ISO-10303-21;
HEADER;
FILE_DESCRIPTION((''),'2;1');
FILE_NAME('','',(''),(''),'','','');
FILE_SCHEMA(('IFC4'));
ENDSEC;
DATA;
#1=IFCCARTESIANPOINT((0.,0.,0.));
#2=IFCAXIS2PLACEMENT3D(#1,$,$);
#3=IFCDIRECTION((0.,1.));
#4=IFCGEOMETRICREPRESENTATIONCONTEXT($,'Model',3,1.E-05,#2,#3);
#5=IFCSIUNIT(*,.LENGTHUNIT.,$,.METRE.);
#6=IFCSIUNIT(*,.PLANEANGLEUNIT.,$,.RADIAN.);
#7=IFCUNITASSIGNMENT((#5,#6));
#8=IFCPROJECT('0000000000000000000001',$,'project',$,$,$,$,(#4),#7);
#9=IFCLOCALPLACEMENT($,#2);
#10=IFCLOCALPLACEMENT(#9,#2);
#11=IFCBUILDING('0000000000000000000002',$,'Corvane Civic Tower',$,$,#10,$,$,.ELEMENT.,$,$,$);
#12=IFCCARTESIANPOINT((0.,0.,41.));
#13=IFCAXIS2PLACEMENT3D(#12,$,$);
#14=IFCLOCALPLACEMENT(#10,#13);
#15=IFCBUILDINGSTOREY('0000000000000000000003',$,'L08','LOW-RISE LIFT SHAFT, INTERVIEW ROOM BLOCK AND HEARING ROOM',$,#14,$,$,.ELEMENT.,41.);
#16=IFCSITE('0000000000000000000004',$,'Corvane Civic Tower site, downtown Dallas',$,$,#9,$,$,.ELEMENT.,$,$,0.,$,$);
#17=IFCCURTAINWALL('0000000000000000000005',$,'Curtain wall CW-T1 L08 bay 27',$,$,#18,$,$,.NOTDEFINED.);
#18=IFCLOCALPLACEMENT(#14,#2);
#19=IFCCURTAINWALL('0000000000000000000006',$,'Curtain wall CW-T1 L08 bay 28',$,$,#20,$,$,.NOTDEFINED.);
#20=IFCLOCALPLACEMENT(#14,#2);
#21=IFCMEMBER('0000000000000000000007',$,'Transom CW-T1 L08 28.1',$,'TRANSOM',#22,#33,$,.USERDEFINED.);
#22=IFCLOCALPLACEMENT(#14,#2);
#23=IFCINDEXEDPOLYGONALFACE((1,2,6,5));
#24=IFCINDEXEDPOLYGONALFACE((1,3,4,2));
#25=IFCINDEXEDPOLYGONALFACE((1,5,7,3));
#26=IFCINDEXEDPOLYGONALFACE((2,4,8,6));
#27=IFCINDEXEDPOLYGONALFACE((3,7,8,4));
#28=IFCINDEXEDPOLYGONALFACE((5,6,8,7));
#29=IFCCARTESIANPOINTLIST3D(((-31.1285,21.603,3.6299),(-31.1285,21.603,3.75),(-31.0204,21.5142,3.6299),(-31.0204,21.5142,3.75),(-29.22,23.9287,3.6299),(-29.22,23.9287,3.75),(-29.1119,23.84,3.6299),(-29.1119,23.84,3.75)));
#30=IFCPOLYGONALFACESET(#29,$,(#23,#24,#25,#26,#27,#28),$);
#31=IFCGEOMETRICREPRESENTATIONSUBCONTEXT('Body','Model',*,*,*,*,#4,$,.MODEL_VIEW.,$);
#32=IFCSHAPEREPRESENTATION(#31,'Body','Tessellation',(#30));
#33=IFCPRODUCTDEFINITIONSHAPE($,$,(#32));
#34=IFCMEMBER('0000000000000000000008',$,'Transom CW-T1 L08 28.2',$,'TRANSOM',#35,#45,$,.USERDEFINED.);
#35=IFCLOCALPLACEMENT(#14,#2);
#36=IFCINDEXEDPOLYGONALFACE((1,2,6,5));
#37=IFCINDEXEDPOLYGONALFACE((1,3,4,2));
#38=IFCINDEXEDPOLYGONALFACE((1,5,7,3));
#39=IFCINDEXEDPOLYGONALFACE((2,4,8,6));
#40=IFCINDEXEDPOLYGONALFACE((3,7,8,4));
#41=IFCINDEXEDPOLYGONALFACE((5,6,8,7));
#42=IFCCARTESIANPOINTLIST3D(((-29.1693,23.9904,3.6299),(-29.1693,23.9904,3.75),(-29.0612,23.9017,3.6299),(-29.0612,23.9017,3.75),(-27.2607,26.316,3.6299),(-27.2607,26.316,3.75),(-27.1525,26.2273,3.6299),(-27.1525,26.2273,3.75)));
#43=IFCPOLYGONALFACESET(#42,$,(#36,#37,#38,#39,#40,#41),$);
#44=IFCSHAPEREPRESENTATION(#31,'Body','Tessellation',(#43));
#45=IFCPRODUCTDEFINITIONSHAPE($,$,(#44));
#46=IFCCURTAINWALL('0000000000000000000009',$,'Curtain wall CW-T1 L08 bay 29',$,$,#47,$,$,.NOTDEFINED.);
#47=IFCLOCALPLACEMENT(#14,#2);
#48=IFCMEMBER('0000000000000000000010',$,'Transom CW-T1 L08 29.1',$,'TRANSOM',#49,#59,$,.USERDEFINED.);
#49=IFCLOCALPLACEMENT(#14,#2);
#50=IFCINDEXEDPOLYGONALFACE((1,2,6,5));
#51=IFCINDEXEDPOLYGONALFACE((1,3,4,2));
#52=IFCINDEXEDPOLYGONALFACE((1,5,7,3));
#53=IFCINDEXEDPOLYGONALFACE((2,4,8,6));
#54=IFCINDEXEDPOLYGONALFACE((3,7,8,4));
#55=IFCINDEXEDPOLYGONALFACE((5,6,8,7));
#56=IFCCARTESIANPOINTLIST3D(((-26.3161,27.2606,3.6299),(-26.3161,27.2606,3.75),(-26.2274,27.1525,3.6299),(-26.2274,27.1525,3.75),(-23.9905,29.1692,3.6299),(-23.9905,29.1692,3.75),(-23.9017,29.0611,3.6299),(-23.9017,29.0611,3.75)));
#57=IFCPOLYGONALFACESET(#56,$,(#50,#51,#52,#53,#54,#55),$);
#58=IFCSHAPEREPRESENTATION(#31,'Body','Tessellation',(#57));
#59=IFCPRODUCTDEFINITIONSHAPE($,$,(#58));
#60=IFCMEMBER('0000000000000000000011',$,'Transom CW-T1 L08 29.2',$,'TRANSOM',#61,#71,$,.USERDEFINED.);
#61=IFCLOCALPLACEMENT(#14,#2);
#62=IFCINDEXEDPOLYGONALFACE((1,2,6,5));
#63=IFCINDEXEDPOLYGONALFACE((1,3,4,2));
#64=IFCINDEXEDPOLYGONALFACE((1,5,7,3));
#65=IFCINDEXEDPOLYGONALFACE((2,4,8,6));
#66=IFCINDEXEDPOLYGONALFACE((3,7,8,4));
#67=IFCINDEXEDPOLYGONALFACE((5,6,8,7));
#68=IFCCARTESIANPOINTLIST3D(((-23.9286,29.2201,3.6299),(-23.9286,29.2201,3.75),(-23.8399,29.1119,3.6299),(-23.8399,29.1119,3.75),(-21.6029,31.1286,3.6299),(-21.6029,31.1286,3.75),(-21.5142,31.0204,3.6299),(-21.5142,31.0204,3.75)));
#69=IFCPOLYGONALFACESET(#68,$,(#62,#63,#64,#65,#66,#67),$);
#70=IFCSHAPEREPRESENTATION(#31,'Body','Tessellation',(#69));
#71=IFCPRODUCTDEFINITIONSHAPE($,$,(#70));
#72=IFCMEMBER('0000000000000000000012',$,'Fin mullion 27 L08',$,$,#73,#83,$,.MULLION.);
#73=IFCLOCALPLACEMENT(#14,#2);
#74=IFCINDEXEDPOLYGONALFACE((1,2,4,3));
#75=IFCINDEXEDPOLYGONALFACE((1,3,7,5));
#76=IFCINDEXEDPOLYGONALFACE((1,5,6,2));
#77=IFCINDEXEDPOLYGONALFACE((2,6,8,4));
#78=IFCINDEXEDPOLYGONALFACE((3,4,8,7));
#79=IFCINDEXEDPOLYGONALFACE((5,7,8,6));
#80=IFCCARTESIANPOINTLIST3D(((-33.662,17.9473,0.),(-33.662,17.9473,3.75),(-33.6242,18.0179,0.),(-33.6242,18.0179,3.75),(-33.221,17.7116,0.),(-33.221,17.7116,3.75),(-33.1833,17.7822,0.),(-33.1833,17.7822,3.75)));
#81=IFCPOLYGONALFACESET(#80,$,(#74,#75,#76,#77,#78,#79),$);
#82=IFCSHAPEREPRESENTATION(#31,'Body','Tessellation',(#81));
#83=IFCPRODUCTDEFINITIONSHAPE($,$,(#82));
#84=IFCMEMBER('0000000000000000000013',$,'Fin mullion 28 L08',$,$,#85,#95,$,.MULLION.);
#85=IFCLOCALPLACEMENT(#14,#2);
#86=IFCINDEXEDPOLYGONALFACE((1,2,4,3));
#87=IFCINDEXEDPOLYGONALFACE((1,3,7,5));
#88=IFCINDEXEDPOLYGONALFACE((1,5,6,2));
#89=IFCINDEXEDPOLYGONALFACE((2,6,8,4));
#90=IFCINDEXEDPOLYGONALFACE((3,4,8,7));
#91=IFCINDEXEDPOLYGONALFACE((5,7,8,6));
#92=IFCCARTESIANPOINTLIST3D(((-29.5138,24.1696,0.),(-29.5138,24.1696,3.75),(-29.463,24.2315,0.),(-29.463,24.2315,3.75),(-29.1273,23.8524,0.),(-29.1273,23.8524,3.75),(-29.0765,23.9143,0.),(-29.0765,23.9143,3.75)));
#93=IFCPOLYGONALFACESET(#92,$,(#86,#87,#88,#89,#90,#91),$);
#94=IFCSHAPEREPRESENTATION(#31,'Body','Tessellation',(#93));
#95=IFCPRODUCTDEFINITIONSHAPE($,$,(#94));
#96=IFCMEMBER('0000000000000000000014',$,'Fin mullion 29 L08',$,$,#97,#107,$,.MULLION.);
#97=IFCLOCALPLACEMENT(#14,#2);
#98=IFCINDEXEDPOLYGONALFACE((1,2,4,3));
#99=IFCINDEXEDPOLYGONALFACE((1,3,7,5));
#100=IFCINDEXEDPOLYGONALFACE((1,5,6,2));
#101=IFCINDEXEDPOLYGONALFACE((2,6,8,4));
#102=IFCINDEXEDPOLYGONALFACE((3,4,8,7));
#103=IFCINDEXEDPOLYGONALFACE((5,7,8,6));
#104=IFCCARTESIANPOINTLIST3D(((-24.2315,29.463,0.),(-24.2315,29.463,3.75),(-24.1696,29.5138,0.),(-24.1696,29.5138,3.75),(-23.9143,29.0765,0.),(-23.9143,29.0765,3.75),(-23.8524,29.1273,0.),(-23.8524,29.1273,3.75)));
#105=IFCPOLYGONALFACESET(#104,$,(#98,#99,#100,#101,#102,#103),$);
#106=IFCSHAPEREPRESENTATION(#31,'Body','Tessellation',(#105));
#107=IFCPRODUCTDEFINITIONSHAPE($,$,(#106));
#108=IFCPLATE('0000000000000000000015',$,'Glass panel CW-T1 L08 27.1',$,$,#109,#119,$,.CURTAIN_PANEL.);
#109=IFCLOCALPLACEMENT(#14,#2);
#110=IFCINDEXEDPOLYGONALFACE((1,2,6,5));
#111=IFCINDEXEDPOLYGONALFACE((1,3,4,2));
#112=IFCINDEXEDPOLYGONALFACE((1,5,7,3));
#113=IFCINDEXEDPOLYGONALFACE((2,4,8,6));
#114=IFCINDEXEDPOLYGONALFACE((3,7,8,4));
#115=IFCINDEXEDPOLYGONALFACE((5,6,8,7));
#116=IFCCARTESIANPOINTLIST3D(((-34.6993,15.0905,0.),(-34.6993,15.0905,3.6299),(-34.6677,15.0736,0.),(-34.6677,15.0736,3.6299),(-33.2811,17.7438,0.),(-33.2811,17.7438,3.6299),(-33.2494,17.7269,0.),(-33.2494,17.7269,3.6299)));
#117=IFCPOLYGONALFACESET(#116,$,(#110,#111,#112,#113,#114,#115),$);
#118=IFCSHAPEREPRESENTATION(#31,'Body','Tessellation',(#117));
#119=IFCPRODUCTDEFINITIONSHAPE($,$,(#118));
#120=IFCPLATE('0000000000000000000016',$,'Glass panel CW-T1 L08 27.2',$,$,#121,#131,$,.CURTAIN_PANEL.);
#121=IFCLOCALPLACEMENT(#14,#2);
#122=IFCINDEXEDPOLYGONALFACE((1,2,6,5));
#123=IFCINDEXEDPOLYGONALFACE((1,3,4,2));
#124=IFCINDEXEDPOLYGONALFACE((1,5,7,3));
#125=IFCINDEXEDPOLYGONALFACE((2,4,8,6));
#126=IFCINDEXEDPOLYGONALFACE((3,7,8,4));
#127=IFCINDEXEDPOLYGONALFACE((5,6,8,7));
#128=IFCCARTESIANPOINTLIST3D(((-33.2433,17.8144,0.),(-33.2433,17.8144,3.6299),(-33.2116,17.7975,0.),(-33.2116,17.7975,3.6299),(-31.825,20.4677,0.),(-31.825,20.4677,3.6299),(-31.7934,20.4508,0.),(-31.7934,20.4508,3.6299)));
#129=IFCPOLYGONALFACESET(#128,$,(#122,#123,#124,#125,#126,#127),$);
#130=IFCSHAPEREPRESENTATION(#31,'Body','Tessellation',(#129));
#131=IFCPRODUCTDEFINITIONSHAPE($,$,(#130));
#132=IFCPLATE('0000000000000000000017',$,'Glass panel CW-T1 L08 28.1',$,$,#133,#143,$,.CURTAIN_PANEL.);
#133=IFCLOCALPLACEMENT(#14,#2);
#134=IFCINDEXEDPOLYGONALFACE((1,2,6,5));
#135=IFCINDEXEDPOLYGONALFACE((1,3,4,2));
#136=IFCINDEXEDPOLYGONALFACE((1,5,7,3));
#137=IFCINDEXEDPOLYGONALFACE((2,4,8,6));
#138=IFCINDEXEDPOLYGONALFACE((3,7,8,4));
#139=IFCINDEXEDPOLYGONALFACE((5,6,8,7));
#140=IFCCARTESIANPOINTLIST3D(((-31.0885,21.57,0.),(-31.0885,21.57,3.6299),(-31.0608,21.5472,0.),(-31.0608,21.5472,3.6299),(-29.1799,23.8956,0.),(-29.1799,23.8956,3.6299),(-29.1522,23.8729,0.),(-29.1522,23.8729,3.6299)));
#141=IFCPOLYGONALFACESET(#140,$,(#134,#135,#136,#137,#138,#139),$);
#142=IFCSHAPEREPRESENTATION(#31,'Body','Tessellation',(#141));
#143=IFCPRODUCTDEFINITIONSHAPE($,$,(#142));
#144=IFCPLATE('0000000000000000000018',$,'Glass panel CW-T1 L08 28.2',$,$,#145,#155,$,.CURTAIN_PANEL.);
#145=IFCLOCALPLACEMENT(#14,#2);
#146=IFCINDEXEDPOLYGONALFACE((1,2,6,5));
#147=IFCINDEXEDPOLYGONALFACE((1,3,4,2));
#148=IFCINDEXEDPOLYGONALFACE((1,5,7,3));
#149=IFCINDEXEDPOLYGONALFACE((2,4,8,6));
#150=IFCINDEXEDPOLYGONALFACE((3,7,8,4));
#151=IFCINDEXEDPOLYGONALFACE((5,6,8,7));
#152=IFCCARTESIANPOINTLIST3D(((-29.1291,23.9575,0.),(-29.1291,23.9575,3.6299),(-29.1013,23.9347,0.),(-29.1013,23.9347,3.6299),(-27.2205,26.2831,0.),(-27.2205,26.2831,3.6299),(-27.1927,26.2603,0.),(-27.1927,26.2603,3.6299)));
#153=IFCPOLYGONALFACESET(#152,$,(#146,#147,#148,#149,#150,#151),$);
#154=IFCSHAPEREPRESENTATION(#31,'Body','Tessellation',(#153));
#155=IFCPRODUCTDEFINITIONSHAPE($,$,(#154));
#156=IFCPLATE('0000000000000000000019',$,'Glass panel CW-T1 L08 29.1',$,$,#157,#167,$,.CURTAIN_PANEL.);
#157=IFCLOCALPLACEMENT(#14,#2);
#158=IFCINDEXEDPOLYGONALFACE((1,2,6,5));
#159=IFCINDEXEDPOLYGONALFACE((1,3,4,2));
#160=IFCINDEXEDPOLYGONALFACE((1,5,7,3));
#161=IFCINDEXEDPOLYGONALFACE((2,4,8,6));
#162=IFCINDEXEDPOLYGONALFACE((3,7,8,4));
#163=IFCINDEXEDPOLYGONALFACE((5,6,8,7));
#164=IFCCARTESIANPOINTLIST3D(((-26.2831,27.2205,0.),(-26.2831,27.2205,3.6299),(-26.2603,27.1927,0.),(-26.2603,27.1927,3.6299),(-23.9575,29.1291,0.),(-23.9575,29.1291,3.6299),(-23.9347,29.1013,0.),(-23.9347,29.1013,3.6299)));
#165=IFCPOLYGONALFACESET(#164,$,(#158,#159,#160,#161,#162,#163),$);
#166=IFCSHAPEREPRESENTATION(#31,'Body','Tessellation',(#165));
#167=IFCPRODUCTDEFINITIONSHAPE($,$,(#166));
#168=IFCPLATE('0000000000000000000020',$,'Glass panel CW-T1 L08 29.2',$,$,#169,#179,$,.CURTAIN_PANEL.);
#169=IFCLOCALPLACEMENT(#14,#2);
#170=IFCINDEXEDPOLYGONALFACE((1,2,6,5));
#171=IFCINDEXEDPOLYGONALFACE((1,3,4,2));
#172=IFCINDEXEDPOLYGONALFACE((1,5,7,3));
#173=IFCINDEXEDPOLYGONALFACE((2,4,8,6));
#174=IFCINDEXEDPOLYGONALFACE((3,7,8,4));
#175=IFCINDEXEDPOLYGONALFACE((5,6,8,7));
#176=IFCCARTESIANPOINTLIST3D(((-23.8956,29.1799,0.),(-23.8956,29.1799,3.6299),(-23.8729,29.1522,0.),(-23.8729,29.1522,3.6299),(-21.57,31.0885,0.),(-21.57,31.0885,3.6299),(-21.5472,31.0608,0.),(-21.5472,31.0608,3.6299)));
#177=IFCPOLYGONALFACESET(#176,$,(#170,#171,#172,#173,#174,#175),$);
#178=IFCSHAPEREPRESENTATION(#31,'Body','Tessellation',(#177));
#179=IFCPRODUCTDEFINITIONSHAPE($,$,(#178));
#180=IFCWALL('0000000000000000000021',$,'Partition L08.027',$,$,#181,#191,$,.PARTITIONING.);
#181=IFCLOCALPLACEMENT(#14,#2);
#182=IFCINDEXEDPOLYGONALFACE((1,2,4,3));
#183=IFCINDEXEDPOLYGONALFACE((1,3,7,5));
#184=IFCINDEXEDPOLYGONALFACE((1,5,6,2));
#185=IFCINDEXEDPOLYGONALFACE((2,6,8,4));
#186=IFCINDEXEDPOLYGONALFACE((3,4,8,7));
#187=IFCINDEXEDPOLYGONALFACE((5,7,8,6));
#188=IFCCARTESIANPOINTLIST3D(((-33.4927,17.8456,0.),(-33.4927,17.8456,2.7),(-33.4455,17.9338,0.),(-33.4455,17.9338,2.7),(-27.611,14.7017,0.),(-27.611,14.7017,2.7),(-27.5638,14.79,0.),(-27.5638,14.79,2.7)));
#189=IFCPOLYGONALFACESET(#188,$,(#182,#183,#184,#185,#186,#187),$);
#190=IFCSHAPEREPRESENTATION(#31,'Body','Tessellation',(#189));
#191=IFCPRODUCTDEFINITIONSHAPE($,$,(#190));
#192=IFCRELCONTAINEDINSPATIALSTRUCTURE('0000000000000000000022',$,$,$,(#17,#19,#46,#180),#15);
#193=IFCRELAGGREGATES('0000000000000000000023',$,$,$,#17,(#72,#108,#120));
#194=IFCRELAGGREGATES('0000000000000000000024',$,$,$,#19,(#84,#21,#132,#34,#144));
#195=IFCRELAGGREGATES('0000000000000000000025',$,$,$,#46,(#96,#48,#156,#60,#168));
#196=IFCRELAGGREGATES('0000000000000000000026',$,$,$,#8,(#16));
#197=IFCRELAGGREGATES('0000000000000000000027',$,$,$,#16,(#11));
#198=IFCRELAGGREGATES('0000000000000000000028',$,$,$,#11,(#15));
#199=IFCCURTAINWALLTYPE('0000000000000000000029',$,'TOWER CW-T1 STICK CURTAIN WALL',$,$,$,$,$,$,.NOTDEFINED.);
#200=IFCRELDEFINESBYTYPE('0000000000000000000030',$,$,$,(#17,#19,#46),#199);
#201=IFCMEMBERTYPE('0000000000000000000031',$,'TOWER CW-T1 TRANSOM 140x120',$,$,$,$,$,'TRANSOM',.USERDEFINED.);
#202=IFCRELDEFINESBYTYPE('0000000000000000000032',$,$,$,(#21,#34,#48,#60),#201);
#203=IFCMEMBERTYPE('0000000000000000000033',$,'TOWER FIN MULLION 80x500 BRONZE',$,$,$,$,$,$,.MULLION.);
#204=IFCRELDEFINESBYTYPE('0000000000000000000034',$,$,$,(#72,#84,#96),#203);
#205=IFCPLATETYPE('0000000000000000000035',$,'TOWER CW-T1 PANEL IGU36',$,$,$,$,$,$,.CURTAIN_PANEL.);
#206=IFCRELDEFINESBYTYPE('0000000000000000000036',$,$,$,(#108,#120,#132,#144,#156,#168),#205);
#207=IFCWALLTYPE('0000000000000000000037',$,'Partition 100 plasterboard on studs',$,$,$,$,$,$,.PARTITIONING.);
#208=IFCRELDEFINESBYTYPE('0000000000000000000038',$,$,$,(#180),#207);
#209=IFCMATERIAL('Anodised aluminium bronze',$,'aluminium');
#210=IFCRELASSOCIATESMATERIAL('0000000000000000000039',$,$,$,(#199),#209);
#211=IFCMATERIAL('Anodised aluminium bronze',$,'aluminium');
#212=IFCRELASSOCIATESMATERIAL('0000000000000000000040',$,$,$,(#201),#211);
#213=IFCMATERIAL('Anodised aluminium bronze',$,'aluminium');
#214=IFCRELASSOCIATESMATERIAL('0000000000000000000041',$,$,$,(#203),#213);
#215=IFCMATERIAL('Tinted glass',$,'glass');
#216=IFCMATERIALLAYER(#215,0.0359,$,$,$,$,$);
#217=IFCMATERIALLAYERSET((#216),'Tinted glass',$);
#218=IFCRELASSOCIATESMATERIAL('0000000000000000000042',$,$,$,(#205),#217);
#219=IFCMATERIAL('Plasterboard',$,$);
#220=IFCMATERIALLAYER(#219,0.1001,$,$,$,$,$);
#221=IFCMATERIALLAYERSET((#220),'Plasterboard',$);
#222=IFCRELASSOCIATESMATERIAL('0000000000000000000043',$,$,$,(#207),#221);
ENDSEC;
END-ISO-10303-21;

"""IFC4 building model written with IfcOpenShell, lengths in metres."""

from ifc_helpers import new_model, si_unit, direction, frame, frame_2d, origin, origin_2d, place, context, subcontext, project, spatial, rectangle, extrude, material, layer, layer_set, material_profile, profile_set, type_object, element, aggregate, save


model = new_model("IFC4")

# Units and contexts
model_context = context("Model", 3, precision=1e-05, world=origin(), true_north=direction((0.0, 1.0)))
body_context = subcontext(model_context, "Body", "Model", "MODEL_VIEW")
ifc_project = project(units=[si_unit("LENGTHUNIT", "METRE"), si_unit("PLANEANGLEUNIT", "RADIAN")], contexts=[model_context])

# Site, building, storey
site_placement = place(None, origin())
site = spatial("IfcSite", under=ifc_project, at=site_placement, Name="Corvane Civic Tower site, downtown Dallas", CompositionType="ELEMENT", RefElevation=0.0)
building_placement = place(site_placement, origin())
building = spatial("IfcBuilding", under=site, at=building_placement, Name="Corvane Civic Tower", CompositionType="ELEMENT")
storey_placement = place(building_placement, frame((0.0, 0.0, 41.0)))
storey = spatial("IfcBuildingStorey", under=building, at=storey_placement, Name="L08", Description="LOW-RISE LIFT SHAFT, INTERVIEW ROOM BLOCK AND HEARING ROOM", CompositionType="ELEMENT", Elevation=41.0)

# Curtain walls, members
ifc_material_1 = material(Name="Anodised aluminium bronze", Category="aluminium")
curtain_wall_type = type_object("IfcCurtainWallType", Name="TOWER CW-T1 STICK CURTAIN WALL", PredefinedType="NOTDEFINED", material=ifc_material_1)
curtain_wall_1_placement = place(storey_placement, origin())
curtain_wall_1 = element("IfcCurtainWall", 1, at=curtain_wall_1_placement, inside=storey, type_object=curtain_wall_type, Name="Curtain wall CW-T1 L08 bay 27", PredefinedType="NOTDEFINED")
ifc_material_2 = material(Name="Anodised aluminium bronze", Category="aluminium")
ifc_material_profile_1 = material_profile(ifc_material_2, rectangle(XDim=0.1399, YDim=0.1201, at=origin_2d()), Name="TOWER CW-T1 TRANSOM 140x120")
ifc_profile_set_1 = profile_set([ifc_material_profile_1], Name="Anodised aluminium bronze")
member_type_1 = type_object("IfcMemberType", Name="TOWER CW-T1 TRANSOM 140x120", ElementType="TRANSOM", PredefinedType="USERDEFINED", material=ifc_profile_set_1)
curtain_wall_2_placement = place(storey_placement, origin())
curtain_wall_2 = element("IfcCurtainWall", 2, at=curtain_wall_2_placement, inside=storey, type_object=curtain_wall_type, Name="Curtain wall CW-T1 L08 bay 28", PredefinedType="NOTDEFINED")
member_1_placement = place(storey_placement, frame((-31.0745, 21.5586, 3.6899), z_axis=(0.634355, 0.773042, 0.0), x_axis=(-0.773042, 0.634355, 0.0)))
member_1 = element("IfcMember", 3, at=member_1_placement, type_object=member_type_1, Name="Transom CW-T1 L08 28.1", ObjectType="TRANSOM", PredefinedType="USERDEFINED", context=body_context, shape_type="SweptSolid", body=[
    extrude(rectangle(XDim=0.1399, YDim=0.1201, at=origin_2d()), origin(), (0.0, 0.0, 1.0), 3.0085),
])
member_2_placement = place(storey_placement, frame((-29.1152, 23.946, 3.6899), z_axis=(0.634404, 0.773002, 0.0), x_axis=(-0.773002, 0.634404, 0.0)))
member_2 = element("IfcMember", 4, at=member_2_placement, type_object=member_type_1, Name="Transom CW-T1 L08 28.2", ObjectType="TRANSOM", PredefinedType="USERDEFINED", context=body_context, shape_type="SweptSolid", body=[
    extrude(rectangle(XDim=0.1399, YDim=0.1201, at=origin_2d()), origin(), (0.0, 0.0, 1.0), 3.0085),
])
curtain_wall_3_placement = place(storey_placement, origin())
curtain_wall_3 = element("IfcCurtainWall", 5, at=curtain_wall_3_placement, inside=storey, type_object=curtain_wall_type, Name="Curtain wall CW-T1 L08 bay 29", PredefinedType="NOTDEFINED")
member_3_placement = place(storey_placement, frame((-26.2717, 27.2065, 3.6899), z_axis=(0.773002, 0.634404, 0.0), x_axis=(-0.634404, 0.773002, 0.0)))
member_3 = element("IfcMember", 6, at=member_3_placement, type_object=member_type_1, Name="Transom CW-T1 L08 29.1", ObjectType="TRANSOM", PredefinedType="USERDEFINED", context=body_context, shape_type="SweptSolid", body=[
    extrude(rectangle(XDim=0.1399, YDim=0.1201, at=origin_2d()), origin(), (0.0, 0.0, 1.0), 3.0085),
])
member_4_placement = place(storey_placement, frame((-23.8843, 29.166, 3.6899), z_axis=(0.773042, 0.634355, 0.0), x_axis=(-0.634355, 0.773042, 0.0)))
member_4 = element("IfcMember", 7, at=member_4_placement, type_object=member_type_1, Name="Transom CW-T1 L08 29.2", ObjectType="TRANSOM", PredefinedType="USERDEFINED", context=body_context, shape_type="SweptSolid", body=[
    extrude(rectangle(XDim=0.1399, YDim=0.1201, at=origin_2d()), origin(), (0.0, 0.0, 1.0), 3.0085),
])

# Members
ifc_material_3 = material(Name="Anodised aluminium bronze", Category="aluminium")
ifc_material_profile_2 = material_profile(ifc_material_3, rectangle(XDim=0.0801, YDim=0.5, at=origin_2d()), Name="TOWER FIN MULLION 80x500 BRONZE")
ifc_profile_set_2 = profile_set([ifc_material_profile_2], Name="Anodised aluminium bronze")
member_type_2 = type_object("IfcMemberType", Name="TOWER FIN MULLION 80x500 BRONZE", PredefinedType="MULLION", material=ifc_profile_set_2)
member_5_placement = place(storey_placement, frame((-33.4226, 17.8647, 0.0), z_axis=(0.0, 0.0, 1.0), x_axis=(0.471404, 0.881918, 0.0)))
member_5 = element("IfcMember", 8, at=member_5_placement, type_object=member_type_2, Name="Fin mullion 27 L08", PredefinedType="MULLION", context=body_context, shape_type="SweptSolid", body=[
    extrude(rectangle(XDim=0.0801, YDim=0.5, at=origin_2d()), origin(), (0.0, 0.0, 1.0), 3.75),
])
member_6_placement = place(storey_placement, frame((-29.2952, 24.042, 0.0), z_axis=(0.0, 0.0, 1.0), x_axis=(0.634397, 0.773007, 0.0)))
member_6 = element("IfcMember", 9, at=member_6_placement, type_object=member_type_2, Name="Fin mullion 28 L08", PredefinedType="MULLION", context=body_context, shape_type="SweptSolid", body=[
    extrude(rectangle(XDim=0.0801, YDim=0.5, at=origin_2d()), origin(), (0.0, 0.0, 1.0), 3.75),
])
member_7_placement = place(storey_placement, frame((-24.042, 29.2952, 0.0), z_axis=(0.0, 0.0, 1.0), x_axis=(0.773007, 0.634397, 0.0)))
member_7 = element("IfcMember", 10, at=member_7_placement, type_object=member_type_2, Name="Fin mullion 29 L08", PredefinedType="MULLION", context=body_context, shape_type="SweptSolid", body=[
    extrude(rectangle(XDim=0.0801, YDim=0.5, at=origin_2d()), origin(), (0.0, 0.0, 1.0), 3.75),
])

# Plates
ifc_material_4 = material(Name="Tinted glass", Category="glass")
ifc_layer_1 = layer(ifc_material_4, 0.0359)
ifc_layer_set_1 = layer_set([ifc_layer_1], Name="Tinted glass")
plate_type = type_object("IfcPlateType", Name="TOWER CW-T1 PANEL IGU36", PredefinedType="CURTAIN_PANEL", material=ifc_layer_set_1)
plate_1_placement = place(storey_placement, frame((-33.9744, 16.4087, 0.0), z_axis=(0.0, 0.0, 1.0), x_axis=(0.471404, 0.881918, 0.0)))
plate_1 = element("IfcPlate", 11, at=plate_1_placement, type_object=plate_type, Name="Glass panel CW-T1 L08 27.1", PredefinedType="CURTAIN_PANEL", context=body_context, shape_type="SweptSolid", body=[
    extrude(rectangle(XDim=3.0085, YDim=0.0359, at=origin_2d()), origin(), (0.0, 0.0, 1.0), 3.6299),
])
plate_2_placement = place(storey_placement, frame((-32.5183, 19.1326, 0.0), z_axis=(0.0, 0.0, 1.0), x_axis=(0.471404, 0.881918, 0.0)))
plate_2 = element("IfcPlate", 12, at=plate_2_placement, type_object=plate_type, Name="Glass panel CW-T1 L08 27.2", PredefinedType="CURTAIN_PANEL", context=body_context, shape_type="SweptSolid", body=[
    extrude(rectangle(XDim=3.0085, YDim=0.0359, at=origin_2d()), origin(), (0.0, 0.0, 1.0), 3.6299),
])
aggregate(curtain_wall_1, [member_5, plate_1, plate_2])
plate_3_placement = place(storey_placement, frame((-30.1204, 22.7214, 0.0), z_axis=(0.0, 0.0, 1.0), x_axis=(0.634397, 0.773007, 0.0)))
plate_3 = element("IfcPlate", 13, at=plate_3_placement, type_object=plate_type, Name="Glass panel CW-T1 L08 28.1", PredefinedType="CURTAIN_PANEL", context=body_context, shape_type="SweptSolid", body=[
    extrude(rectangle(XDim=3.0085, YDim=0.0359, at=origin_2d()), origin(), (0.0, 0.0, 1.0), 3.6299),
])
plate_4_placement = place(storey_placement, frame((-28.1609, 25.1089, 0.0), z_axis=(0.0, 0.0, 1.0), x_axis=(0.634397, 0.773007, 0.0)))
plate_4 = element("IfcPlate", 14, at=plate_4_placement, type_object=plate_type, Name="Glass panel CW-T1 L08 28.2", PredefinedType="CURTAIN_PANEL", context=body_context, shape_type="SweptSolid", body=[
    extrude(rectangle(XDim=3.0085, YDim=0.0359, at=origin_2d()), origin(), (0.0, 0.0, 1.0), 3.6299),
])
aggregate(curtain_wall_2, [member_6, member_1, plate_3, member_2, plate_4])
plate_5_placement = place(storey_placement, frame((-25.1089, 28.1609, 0.0), z_axis=(0.0, 0.0, 1.0), x_axis=(0.773007, 0.634397, 0.0)))
plate_5 = element("IfcPlate", 15, at=plate_5_placement, type_object=plate_type, Name="Glass panel CW-T1 L08 29.1", PredefinedType="CURTAIN_PANEL", context=body_context, shape_type="SweptSolid", body=[
    extrude(rectangle(XDim=3.0085, YDim=0.0359, at=origin_2d()), origin(), (0.0, 0.0, 1.0), 3.6299),
])
plate_6_placement = place(storey_placement, frame((-22.7214, 30.1204, 0.0), z_axis=(0.0, 0.0, 1.0), x_axis=(0.773007, 0.634397, 0.0)))
plate_6 = element("IfcPlate", 16, at=plate_6_placement, type_object=plate_type, Name="Glass panel CW-T1 L08 29.2", PredefinedType="CURTAIN_PANEL", context=body_context, shape_type="SweptSolid", body=[
    extrude(rectangle(XDim=3.0085, YDim=0.0359, at=origin_2d()), origin(), (0.0, 0.0, 1.0), 3.6299),
])
aggregate(curtain_wall_3, [member_7, member_3, plate_5, member_4, plate_6])

# Wall
ifc_material_5 = material(Name="Plasterboard")
ifc_layer_2 = layer(ifc_material_5, 0.1001)
ifc_layer_set_2 = layer_set([ifc_layer_2], Name="Plasterboard")
wall_type = type_object("IfcWallType", Name="Partition 100 plasterboard on studs", PredefinedType="PARTITIONING", material=ifc_layer_set_2)
wall_1_placement = place(storey_placement, frame((-33.469, 17.8896, 0.0), z_axis=(0.0, 0.0, 1.0), x_axis=(0.88192, -0.471399, 0.0)))
element("IfcWall", 17, at=wall_1_placement, inside=storey, type_object=wall_type, Name="Partition L08.027", PredefinedType="PARTITIONING", context=body_context, shape_type="SweptSolid", body=[
    extrude(rectangle(XDim=6.6692, YDim=0.1001, at=frame_2d((3.3345, 0.0))), origin(), (0.0, 0.0, 1.0), 2.7),
])

save(model, "model.ifc")
